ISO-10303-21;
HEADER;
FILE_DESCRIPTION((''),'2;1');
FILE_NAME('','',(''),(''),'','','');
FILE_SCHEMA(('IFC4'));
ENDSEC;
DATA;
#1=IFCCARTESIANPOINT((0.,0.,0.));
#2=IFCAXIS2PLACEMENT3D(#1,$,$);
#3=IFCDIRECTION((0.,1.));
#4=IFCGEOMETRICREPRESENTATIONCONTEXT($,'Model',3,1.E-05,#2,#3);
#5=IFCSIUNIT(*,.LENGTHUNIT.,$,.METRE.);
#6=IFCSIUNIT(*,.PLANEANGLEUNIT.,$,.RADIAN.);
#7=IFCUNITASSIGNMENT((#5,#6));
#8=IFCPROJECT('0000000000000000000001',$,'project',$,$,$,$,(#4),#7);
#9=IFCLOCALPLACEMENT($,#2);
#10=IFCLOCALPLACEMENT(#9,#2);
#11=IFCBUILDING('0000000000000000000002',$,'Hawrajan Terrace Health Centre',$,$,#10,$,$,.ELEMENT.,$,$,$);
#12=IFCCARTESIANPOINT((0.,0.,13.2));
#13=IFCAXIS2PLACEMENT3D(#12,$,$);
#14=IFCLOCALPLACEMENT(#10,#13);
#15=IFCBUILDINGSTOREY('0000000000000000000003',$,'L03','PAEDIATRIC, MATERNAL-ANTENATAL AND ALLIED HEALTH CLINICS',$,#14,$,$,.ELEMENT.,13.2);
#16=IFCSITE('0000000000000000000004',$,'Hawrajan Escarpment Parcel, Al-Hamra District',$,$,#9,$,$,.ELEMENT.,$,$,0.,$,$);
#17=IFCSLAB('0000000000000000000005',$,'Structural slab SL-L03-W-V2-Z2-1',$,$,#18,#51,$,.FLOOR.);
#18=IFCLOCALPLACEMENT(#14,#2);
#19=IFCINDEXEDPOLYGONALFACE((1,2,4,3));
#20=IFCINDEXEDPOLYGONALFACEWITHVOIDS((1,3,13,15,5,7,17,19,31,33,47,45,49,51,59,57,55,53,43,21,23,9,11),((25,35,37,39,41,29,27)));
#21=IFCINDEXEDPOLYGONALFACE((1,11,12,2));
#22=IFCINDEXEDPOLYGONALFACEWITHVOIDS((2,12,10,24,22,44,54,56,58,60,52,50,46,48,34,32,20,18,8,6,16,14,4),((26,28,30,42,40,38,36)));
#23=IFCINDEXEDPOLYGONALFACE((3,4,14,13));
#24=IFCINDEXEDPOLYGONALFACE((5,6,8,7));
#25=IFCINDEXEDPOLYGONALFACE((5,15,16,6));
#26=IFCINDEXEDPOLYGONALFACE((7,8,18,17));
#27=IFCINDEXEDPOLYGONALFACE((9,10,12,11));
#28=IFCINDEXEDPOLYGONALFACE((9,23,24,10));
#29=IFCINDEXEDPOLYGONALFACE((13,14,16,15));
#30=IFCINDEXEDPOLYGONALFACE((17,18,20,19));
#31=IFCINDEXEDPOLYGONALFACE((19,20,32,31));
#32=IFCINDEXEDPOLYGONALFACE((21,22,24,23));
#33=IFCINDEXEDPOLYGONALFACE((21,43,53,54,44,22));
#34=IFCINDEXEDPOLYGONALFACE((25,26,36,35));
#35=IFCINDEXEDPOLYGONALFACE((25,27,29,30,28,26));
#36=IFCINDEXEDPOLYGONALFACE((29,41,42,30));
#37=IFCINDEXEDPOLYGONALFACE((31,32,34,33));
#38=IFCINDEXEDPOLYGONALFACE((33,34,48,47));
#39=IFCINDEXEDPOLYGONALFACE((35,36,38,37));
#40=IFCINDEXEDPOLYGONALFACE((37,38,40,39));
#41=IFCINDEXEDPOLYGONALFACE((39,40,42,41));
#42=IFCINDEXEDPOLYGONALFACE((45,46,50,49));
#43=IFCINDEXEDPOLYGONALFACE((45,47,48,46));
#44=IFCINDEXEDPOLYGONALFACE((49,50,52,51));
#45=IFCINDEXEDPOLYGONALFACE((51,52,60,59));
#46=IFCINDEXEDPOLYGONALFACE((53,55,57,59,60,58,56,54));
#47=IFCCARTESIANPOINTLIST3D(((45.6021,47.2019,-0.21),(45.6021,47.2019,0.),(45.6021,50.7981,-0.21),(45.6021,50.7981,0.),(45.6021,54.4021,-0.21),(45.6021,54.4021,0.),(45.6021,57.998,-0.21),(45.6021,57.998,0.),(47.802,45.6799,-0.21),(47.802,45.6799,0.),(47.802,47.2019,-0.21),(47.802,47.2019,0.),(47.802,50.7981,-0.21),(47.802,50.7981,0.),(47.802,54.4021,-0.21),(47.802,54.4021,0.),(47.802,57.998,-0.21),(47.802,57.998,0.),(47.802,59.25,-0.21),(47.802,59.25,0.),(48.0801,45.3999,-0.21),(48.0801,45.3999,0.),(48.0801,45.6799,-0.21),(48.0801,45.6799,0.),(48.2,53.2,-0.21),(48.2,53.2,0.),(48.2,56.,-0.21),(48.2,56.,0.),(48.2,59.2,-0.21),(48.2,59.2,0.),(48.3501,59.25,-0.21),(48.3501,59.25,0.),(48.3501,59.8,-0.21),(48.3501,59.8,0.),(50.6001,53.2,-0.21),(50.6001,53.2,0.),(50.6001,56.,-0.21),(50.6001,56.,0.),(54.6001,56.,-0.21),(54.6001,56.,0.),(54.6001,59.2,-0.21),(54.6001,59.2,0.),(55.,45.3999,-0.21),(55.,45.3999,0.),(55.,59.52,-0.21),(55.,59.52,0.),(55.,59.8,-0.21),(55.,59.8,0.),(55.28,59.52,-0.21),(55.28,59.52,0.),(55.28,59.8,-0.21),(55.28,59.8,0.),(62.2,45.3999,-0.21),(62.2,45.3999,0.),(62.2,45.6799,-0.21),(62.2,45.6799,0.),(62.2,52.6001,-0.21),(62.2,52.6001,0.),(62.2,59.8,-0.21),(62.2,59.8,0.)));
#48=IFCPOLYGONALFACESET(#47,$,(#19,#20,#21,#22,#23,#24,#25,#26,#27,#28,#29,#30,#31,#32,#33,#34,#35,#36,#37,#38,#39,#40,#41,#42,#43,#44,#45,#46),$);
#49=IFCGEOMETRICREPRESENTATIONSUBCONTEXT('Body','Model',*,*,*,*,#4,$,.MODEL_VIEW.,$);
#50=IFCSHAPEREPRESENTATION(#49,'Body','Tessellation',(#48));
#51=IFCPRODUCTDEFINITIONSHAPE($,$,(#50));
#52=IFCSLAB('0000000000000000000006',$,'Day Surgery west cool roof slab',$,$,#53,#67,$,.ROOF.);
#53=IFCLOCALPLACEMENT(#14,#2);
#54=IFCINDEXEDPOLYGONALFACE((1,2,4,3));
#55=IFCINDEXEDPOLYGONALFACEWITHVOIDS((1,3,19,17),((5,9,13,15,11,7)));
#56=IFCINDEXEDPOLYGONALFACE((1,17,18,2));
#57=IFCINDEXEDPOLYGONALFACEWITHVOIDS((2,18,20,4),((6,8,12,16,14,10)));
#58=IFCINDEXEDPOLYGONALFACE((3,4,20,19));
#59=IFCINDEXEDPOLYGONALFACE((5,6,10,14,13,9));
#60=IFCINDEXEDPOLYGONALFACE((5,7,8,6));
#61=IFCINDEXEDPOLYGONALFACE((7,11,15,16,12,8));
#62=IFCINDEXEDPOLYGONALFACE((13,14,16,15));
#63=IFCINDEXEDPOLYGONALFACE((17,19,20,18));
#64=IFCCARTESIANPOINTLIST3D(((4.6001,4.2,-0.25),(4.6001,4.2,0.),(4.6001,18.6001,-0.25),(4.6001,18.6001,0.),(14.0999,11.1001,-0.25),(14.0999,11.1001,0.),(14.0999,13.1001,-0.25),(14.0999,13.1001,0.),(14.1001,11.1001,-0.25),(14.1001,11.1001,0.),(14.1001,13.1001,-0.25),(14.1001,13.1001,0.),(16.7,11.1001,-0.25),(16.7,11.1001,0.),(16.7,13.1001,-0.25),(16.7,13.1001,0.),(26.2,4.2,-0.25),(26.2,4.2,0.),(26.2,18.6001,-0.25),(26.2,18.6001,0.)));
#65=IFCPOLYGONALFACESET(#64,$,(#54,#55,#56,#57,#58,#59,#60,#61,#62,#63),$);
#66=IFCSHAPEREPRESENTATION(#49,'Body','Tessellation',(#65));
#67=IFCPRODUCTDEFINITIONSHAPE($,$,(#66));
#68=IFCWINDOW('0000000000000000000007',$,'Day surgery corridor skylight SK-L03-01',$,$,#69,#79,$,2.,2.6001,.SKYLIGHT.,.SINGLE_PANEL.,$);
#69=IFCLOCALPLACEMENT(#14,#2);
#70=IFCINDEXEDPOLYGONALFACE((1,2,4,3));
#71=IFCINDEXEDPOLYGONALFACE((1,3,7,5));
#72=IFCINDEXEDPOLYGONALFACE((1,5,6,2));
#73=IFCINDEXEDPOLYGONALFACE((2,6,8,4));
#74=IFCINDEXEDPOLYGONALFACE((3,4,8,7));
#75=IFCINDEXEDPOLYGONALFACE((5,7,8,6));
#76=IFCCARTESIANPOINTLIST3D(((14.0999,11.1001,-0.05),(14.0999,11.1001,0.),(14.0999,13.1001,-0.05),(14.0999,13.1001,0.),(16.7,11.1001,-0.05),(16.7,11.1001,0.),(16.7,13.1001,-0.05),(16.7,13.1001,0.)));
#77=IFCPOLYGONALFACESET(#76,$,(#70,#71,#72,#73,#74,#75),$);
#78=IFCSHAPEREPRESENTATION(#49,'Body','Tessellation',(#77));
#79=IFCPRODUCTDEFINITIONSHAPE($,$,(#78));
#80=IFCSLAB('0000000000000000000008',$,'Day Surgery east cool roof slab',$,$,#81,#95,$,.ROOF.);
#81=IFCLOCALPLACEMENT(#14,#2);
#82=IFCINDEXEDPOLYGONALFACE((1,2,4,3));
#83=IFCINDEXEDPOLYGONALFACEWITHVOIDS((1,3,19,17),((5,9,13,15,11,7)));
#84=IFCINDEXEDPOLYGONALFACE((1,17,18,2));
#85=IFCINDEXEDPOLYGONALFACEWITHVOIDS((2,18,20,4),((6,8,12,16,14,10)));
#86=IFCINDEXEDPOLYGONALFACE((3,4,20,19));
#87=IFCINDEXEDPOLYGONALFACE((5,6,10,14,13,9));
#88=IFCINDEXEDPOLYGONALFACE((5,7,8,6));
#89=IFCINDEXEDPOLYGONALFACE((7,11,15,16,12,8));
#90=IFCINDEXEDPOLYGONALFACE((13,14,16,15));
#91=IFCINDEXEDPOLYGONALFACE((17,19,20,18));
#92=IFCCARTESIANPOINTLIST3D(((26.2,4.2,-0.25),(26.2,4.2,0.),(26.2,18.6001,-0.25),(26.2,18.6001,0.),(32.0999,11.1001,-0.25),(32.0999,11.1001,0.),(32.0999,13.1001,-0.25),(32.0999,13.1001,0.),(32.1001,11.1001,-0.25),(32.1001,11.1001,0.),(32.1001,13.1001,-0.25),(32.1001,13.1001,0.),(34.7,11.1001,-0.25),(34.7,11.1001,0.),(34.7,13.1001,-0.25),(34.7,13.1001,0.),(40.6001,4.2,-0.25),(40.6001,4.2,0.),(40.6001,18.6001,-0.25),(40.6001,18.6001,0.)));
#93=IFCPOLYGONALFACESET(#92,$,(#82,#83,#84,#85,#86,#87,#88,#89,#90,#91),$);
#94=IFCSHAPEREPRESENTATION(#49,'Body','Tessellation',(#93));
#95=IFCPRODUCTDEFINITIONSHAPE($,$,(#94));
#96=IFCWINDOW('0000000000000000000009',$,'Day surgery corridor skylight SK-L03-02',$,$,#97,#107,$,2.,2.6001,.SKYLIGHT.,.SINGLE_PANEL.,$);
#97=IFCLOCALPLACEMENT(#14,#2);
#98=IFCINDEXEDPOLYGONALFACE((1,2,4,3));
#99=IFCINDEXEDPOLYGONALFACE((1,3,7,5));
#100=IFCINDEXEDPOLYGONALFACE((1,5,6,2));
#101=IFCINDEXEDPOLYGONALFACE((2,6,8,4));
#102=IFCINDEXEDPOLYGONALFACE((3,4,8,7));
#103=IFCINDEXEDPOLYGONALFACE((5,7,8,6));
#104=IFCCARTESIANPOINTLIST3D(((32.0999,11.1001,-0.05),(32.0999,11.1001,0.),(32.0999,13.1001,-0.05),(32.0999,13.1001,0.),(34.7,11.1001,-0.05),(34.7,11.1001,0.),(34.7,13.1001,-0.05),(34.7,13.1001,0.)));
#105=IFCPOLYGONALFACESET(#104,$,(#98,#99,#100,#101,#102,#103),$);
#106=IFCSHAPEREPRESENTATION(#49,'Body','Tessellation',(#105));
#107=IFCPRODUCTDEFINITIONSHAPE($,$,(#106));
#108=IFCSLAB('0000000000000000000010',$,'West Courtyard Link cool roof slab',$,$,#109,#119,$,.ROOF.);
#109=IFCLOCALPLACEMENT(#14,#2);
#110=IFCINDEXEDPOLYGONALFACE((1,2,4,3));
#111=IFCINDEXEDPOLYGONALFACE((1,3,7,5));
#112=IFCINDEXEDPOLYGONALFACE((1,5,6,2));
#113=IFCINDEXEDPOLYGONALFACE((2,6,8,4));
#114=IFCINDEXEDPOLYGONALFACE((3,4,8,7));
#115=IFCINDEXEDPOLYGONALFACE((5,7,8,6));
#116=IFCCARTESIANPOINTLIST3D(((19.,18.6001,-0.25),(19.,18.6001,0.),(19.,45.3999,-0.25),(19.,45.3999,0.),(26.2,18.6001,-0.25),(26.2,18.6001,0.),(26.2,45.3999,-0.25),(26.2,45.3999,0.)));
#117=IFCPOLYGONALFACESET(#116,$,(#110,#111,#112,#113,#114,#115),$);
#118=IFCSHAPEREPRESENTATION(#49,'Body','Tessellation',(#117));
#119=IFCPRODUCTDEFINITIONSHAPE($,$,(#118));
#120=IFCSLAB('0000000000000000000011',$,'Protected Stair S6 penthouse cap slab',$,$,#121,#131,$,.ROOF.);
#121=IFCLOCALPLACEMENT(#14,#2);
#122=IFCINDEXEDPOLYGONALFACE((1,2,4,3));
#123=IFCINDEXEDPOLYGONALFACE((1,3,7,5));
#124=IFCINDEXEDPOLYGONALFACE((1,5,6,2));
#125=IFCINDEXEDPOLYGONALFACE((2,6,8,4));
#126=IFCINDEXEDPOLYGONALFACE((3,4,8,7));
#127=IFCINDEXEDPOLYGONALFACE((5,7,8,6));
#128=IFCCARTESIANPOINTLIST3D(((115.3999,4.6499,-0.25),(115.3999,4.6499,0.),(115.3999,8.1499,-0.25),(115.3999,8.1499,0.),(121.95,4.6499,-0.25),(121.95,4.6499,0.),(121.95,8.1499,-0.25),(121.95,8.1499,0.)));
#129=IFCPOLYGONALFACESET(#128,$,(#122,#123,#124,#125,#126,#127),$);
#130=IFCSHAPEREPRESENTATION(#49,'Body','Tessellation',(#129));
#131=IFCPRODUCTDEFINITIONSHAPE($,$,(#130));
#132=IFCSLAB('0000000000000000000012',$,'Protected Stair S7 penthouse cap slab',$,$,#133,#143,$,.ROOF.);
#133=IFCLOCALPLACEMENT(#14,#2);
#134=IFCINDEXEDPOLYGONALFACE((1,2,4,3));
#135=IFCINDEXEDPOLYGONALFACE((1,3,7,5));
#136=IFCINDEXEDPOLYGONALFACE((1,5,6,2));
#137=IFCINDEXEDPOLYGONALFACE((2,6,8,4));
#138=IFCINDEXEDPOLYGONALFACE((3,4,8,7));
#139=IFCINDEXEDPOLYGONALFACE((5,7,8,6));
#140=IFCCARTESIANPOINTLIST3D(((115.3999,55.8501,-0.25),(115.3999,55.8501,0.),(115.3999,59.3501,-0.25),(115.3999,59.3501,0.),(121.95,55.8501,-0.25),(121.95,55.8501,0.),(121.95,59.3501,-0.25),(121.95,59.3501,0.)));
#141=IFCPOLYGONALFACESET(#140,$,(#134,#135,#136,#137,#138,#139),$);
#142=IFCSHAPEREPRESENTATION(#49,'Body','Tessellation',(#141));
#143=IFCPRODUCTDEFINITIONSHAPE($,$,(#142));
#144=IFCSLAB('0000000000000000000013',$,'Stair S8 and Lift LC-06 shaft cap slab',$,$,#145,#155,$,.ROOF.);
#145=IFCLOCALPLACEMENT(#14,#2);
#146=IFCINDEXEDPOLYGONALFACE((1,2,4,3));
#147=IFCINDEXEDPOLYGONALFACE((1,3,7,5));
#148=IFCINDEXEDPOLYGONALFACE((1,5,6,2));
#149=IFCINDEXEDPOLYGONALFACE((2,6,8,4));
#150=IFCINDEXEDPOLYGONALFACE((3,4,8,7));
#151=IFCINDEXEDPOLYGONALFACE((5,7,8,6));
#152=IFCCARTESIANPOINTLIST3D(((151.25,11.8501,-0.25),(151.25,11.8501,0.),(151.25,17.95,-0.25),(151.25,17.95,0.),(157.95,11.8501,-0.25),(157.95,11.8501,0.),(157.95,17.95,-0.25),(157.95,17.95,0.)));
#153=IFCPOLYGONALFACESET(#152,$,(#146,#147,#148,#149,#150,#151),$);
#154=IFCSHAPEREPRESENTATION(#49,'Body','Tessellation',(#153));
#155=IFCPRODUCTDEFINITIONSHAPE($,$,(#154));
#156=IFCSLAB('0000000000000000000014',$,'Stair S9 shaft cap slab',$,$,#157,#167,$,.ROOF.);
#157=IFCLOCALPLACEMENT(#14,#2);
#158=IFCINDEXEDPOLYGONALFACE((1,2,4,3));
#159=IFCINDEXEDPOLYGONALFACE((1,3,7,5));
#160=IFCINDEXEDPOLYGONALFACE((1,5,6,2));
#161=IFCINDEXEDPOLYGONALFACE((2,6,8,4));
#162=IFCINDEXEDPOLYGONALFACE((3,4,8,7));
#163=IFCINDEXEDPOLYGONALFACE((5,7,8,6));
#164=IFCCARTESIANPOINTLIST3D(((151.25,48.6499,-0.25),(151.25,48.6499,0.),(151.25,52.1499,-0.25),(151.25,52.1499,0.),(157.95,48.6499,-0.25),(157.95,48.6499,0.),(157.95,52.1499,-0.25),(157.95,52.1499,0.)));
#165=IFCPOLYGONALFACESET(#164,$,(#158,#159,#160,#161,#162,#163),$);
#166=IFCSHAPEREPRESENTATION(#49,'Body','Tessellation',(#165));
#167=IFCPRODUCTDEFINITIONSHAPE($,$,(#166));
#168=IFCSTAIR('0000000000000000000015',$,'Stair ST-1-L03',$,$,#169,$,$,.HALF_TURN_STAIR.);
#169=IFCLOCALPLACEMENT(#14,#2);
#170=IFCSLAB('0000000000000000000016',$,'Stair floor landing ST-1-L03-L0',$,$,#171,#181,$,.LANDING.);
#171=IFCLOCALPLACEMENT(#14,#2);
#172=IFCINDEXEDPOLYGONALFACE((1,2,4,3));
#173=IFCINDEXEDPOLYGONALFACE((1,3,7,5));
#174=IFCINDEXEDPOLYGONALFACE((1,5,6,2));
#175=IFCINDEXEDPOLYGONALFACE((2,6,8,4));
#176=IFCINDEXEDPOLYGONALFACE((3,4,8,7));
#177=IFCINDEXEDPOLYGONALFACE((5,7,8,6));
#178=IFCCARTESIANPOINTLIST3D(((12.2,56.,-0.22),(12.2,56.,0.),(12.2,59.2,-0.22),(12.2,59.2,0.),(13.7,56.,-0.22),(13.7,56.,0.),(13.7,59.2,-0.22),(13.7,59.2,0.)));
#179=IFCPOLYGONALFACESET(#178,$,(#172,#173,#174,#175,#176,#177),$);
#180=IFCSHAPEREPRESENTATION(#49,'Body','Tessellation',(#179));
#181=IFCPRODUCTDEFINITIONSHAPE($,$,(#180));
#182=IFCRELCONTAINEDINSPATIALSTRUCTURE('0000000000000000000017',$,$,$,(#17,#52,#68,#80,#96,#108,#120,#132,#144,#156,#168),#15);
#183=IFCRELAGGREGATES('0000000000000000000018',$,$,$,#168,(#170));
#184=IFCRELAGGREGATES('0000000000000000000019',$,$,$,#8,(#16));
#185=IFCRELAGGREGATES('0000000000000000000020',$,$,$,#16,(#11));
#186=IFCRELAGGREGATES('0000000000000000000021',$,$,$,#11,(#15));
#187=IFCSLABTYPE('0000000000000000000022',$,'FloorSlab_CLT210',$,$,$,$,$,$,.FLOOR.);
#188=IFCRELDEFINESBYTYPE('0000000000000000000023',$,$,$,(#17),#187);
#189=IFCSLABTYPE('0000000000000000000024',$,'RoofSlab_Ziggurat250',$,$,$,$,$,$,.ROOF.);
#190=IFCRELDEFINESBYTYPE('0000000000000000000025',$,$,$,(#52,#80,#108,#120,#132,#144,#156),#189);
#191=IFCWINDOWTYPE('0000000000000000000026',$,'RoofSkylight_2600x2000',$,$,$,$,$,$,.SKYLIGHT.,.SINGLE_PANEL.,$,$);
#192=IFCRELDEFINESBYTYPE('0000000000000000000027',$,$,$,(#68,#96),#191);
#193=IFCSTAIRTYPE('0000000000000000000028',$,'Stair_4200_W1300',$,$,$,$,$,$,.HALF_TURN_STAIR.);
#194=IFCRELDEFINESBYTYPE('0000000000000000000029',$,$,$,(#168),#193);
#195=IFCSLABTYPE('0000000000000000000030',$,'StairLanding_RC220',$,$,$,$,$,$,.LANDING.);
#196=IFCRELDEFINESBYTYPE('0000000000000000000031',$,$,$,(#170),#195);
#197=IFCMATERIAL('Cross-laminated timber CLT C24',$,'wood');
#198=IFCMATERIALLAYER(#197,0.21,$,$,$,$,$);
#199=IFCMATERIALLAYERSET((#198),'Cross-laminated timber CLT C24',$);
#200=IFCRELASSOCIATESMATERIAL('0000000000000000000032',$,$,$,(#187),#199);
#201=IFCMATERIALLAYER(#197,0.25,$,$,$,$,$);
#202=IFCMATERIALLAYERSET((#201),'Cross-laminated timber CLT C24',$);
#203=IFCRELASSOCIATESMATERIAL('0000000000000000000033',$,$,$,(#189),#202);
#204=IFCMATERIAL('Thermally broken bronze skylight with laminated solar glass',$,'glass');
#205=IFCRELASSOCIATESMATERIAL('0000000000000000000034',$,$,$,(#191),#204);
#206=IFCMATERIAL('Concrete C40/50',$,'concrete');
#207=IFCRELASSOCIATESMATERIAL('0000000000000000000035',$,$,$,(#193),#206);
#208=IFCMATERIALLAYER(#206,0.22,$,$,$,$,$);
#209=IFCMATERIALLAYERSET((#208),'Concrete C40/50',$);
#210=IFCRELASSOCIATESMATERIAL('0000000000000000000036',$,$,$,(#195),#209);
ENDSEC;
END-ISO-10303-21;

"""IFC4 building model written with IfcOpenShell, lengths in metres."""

from ifc_helpers import new_model, si_unit, direction, frame, origin, origin_2d, place, context, subcontext, project, spatial, polyline, rectangle, outline, extrude, material, layer, layer_set, type_object, element, fill, aggregate, save


model = new_model("IFC4")

# Units and contexts
model_context = context("Model", 3, precision=1e-05, world=origin(), true_north=direction((0.0, 1.0)))
body_context = subcontext(model_context, "Body", "Model", "MODEL_VIEW")
ifc_project = project(units=[si_unit("LENGTHUNIT", "METRE"), si_unit("PLANEANGLEUNIT", "RADIAN")], contexts=[model_context])

# Site, building, storey
site_placement = place(None, origin())
site = spatial("IfcSite", under=ifc_project, at=site_placement, Name="Hawrajan Escarpment Parcel, Al-Hamra District", CompositionType="ELEMENT", RefElevation=0.0)
building_placement = place(site_placement, origin())
building = spatial("IfcBuilding", under=site, at=building_placement, Name="Hawrajan Terrace Health Centre", CompositionType="ELEMENT")
storey_placement = place(building_placement, frame((0.0, 0.0, 13.2)))
storey = spatial("IfcBuildingStorey", under=building, at=storey_placement, Name="L03", Description="PAEDIATRIC, MATERNAL-ANTENATAL AND ALLIED HEALTH CLINICS", CompositionType="ELEMENT", Elevation=13.2)

# Slab
ifc_material_1 = material(Name="Cross-laminated timber CLT C24", Category="wood")
ifc_layer_1 = layer(ifc_material_1, 0.21)
ifc_layer_set_1 = layer_set([ifc_layer_1], Name="Cross-laminated timber CLT C24")
slab_type_1 = type_object("IfcSlabType", Name="FloorSlab_CLT210", PredefinedType="FLOOR", material=ifc_layer_set_1)
slab_1_placement = place(storey_placement, frame((0.0, 0.0, -0.21)))
element("IfcSlab", 1, at=slab_1_placement, inside=storey, type_object=slab_type_1, Name="Structural slab SL-L03-W-V2-Z2-1", PredefinedType="FLOOR", context=body_context, shape_type="SweptSolid", body=[
    extrude(outline(polyline([(48.3501, 59.25), (48.3501, 59.8), (55.0, 59.8), (55.0, 59.52), (55.28, 59.52), (55.28, 59.8), (62.2, 59.8), (62.2, 52.6001), (62.2, 45.6799), (62.2, 45.3999), (55.0, 45.3999), (48.0801, 45.3999), (48.0801, 45.6799), (47.802, 45.6799), (47.802, 47.2019), (45.6021, 47.2019), (45.6021, 50.7981), (47.802, 50.7981), (47.802, 54.4021), (45.6021, 54.4021), (45.6021, 57.998), (47.802, 57.998), (47.802, 59.25), (48.3501, 59.25)]), holes=[polyline([(48.2, 59.2), (48.2, 56.0), (48.2, 53.2), (50.6001, 53.2), (50.6001, 56.0), (54.6001, 56.0), (54.6001, 59.2), (48.2, 59.2)])]), origin(), (0.0, 0.0, 1.0), 0.21),
])

# Slabs, openings, windows
ifc_layer_2 = layer(ifc_material_1, 0.25)
ifc_layer_set_2 = layer_set([ifc_layer_2], Name="Cross-laminated timber CLT C24")
slab_type_2 = type_object("IfcSlabType", Name="RoofSlab_Ziggurat250", PredefinedType="ROOF", material=ifc_layer_set_2)
slab_2_placement = place(storey_placement, frame((0.0, 0.0, -0.25)))
slab_2 = element("IfcSlab", 2, at=slab_2_placement, inside=storey, type_object=slab_type_2, Name="Day Surgery west cool roof slab", PredefinedType="ROOF", context=body_context, shape_type="SweptSolid", body=[
    extrude(outline(polyline([(4.6001, 4.2), (26.2, 4.2), (26.2, 18.6001), (4.6001, 18.6001), (4.6001, 4.2)]), holes=[polyline([(14.1001, 11.1001), (16.7, 11.1001), (16.7, 13.1001), (14.1001, 13.1001), (14.1001, 11.1001)])]), origin(), (0.0, 0.0, 1.0), 0.25),
])
opening_1_placement = place(slab_2_placement, frame((15.3999, 12.1001, -0.01)))
opening_1 = element("IfcOpeningElement", 3, at=opening_1_placement, cuts=slab_2, PredefinedType="OPENING", context=body_context, shape_type="SweptSolid", body=[
    extrude(rectangle(XDim=2.6001, YDim=2.0, at=origin_2d()), origin(), (0.0, 0.0, 1.0), 0.27),
])
ifc_material_2 = material(Name="Thermally broken bronze skylight with laminated solar glass", Category="glass")
window_type = type_object("IfcWindowType", Name="RoofSkylight_2600x2000", PartitioningType="SINGLE_PANEL", PredefinedType="SKYLIGHT", material=ifc_material_2)
window_1_placement = place(opening_1_placement, frame((0.0, 0.0, 0.21)))
window_1 = element("IfcWindow", 4, at=window_1_placement, inside=storey, type_object=window_type, Name="Day surgery corridor skylight SK-L03-01", OverallHeight=2.0, OverallWidth=2.6001, PartitioningType="SINGLE_PANEL", PredefinedType="SKYLIGHT", context=body_context, shape_type="SweptSolid", body=[
    extrude(rectangle(XDim=2.6001, YDim=2.0, at=origin_2d()), origin(), (0.0, 0.0, 1.0), 0.05),
])
fill(opening_1, window_1)
slab_3_placement = place(storey_placement, frame((0.0, 0.0, -0.25)))
slab_3 = element("IfcSlab", 5, at=slab_3_placement, inside=storey, type_object=slab_type_2, Name="Day Surgery east cool roof slab", PredefinedType="ROOF", context=body_context, shape_type="SweptSolid", body=[
    extrude(outline(polyline([(26.2, 4.2), (40.6001, 4.2), (40.6001, 18.6001), (26.2, 18.6001), (26.2, 4.2)]), holes=[polyline([(32.1001, 11.1001), (34.7, 11.1001), (34.7, 13.1001), (32.1001, 13.1001), (32.1001, 11.1001)])]), origin(), (0.0, 0.0, 1.0), 0.25),
])
opening_2_placement = place(slab_3_placement, frame((33.3999, 12.1001, -0.01)))
opening_2 = element("IfcOpeningElement", 6, at=opening_2_placement, cuts=slab_3, PredefinedType="OPENING", context=body_context, shape_type="SweptSolid", body=[
    extrude(rectangle(XDim=2.6001, YDim=2.0, at=origin_2d()), origin(), (0.0, 0.0, 1.0), 0.27),
])
window_2_placement = place(opening_2_placement, frame((0.0, 0.0, 0.21)))
window_2 = element("IfcWindow", 7, at=window_2_placement, inside=storey, type_object=window_type, Name="Day surgery corridor skylight SK-L03-02", OverallHeight=2.0, OverallWidth=2.6001, PartitioningType="SINGLE_PANEL", PredefinedType="SKYLIGHT", context=body_context, shape_type="SweptSolid", body=[
    extrude(rectangle(XDim=2.6001, YDim=2.0, at=origin_2d()), origin(), (0.0, 0.0, 1.0), 0.05),
])
fill(opening_2, window_2)

# Slabs
slab_4_placement = place(storey_placement, frame((0.0, 0.0, -0.25)))
element("IfcSlab", 8, at=slab_4_placement, inside=storey, type_object=slab_type_2, Name="West Courtyard Link cool roof slab", PredefinedType="ROOF", context=body_context, shape_type="SweptSolid", body=[
    extrude(outline(polyline([(19.0, 18.6001), (26.2, 18.6001), (26.2, 45.3999), (19.0, 45.3999), (19.0, 18.6001)])), origin(), (0.0, 0.0, 1.0), 0.25),
])
slab_5_placement = place(storey_placement, frame((0.0, 0.0, -0.25)))
element("IfcSlab", 9, at=slab_5_placement, inside=storey, type_object=slab_type_2, Name="Protected Stair S6 penthouse cap slab", PredefinedType="ROOF", context=body_context, shape_type="SweptSolid", body=[
    extrude(outline(polyline([(115.3999, 4.6499), (121.95, 4.6499), (121.95, 8.1499), (115.3999, 8.1499), (115.3999, 4.6499)])), origin(), (0.0, 0.0, 1.0), 0.25),
])
slab_6_placement = place(storey_placement, frame((0.0, 0.0, -0.25)))
element("IfcSlab", 10, at=slab_6_placement, inside=storey, type_object=slab_type_2, Name="Protected Stair S7 penthouse cap slab", PredefinedType="ROOF", context=body_context, shape_type="SweptSolid", body=[
    extrude(outline(polyline([(115.3999, 55.8501), (121.95, 55.8501), (121.95, 59.3501), (115.3999, 59.3501), (115.3999, 55.8501)])), origin(), (0.0, 0.0, 1.0), 0.25),
])
slab_7_placement = place(storey_placement, frame((0.0, 0.0, -0.25)))
element("IfcSlab", 11, at=slab_7_placement, inside=storey, type_object=slab_type_2, Name="Stair S8 and Lift LC-06 shaft cap slab", PredefinedType="ROOF", context=body_context, shape_type="SweptSolid", body=[
    extrude(outline(polyline([(151.25, 11.8501), (157.95, 11.8501), (157.95, 17.95), (151.25, 17.95), (151.25, 11.8501)])), origin(), (0.0, 0.0, 1.0), 0.25),
])
slab_8_placement = place(storey_placement, frame((0.0, 0.0, -0.25)))
element("IfcSlab", 12, at=slab_8_placement, inside=storey, type_object=slab_type_2, Name="Stair S9 shaft cap slab", PredefinedType="ROOF", context=body_context, shape_type="SweptSolid", body=[
    extrude(outline(polyline([(151.25, 48.6499), (157.95, 48.6499), (157.95, 52.1499), (151.25, 52.1499), (151.25, 48.6499)])), origin(), (0.0, 0.0, 1.0), 0.25),
])

# Stair, slab
ifc_material_3 = material(Name="Concrete C40/50", Category="concrete")
stair_type = type_object("IfcStairType", Name="Stair_4200_W1300", PredefinedType="HALF_TURN_STAIR", material=ifc_material_3)
stair_1_placement = place(storey_placement, origin())
stair_1 = element("IfcStair", 13, at=stair_1_placement, inside=storey, type_object=stair_type, Name="Stair ST-1-L03", PredefinedType="HALF_TURN_STAIR")
ifc_layer_3 = layer(ifc_material_3, 0.22)
ifc_layer_set_3 = layer_set([ifc_layer_3], Name="Concrete C40/50")
slab_type_3 = type_object("IfcSlabType", Name="StairLanding_RC220", PredefinedType="LANDING", material=ifc_layer_set_3)
slab_9_placement = place(storey_placement, frame((0.0, 0.0, -0.22)))
slab_9 = element("IfcSlab", 14, at=slab_9_placement, type_object=slab_type_3, Name="Stair floor landing ST-1-L03-L0", PredefinedType="LANDING", context=body_context, shape_type="SweptSolid", body=[
    extrude(outline(polyline([(12.2, 56.0), (13.7, 56.0), (13.7, 59.2), (12.2, 59.2), (12.2, 56.0)])), origin(), (0.0, 0.0, 1.0), 0.22),
])
aggregate(stair_1, [slab_9])

save(model, "model.ifc")
